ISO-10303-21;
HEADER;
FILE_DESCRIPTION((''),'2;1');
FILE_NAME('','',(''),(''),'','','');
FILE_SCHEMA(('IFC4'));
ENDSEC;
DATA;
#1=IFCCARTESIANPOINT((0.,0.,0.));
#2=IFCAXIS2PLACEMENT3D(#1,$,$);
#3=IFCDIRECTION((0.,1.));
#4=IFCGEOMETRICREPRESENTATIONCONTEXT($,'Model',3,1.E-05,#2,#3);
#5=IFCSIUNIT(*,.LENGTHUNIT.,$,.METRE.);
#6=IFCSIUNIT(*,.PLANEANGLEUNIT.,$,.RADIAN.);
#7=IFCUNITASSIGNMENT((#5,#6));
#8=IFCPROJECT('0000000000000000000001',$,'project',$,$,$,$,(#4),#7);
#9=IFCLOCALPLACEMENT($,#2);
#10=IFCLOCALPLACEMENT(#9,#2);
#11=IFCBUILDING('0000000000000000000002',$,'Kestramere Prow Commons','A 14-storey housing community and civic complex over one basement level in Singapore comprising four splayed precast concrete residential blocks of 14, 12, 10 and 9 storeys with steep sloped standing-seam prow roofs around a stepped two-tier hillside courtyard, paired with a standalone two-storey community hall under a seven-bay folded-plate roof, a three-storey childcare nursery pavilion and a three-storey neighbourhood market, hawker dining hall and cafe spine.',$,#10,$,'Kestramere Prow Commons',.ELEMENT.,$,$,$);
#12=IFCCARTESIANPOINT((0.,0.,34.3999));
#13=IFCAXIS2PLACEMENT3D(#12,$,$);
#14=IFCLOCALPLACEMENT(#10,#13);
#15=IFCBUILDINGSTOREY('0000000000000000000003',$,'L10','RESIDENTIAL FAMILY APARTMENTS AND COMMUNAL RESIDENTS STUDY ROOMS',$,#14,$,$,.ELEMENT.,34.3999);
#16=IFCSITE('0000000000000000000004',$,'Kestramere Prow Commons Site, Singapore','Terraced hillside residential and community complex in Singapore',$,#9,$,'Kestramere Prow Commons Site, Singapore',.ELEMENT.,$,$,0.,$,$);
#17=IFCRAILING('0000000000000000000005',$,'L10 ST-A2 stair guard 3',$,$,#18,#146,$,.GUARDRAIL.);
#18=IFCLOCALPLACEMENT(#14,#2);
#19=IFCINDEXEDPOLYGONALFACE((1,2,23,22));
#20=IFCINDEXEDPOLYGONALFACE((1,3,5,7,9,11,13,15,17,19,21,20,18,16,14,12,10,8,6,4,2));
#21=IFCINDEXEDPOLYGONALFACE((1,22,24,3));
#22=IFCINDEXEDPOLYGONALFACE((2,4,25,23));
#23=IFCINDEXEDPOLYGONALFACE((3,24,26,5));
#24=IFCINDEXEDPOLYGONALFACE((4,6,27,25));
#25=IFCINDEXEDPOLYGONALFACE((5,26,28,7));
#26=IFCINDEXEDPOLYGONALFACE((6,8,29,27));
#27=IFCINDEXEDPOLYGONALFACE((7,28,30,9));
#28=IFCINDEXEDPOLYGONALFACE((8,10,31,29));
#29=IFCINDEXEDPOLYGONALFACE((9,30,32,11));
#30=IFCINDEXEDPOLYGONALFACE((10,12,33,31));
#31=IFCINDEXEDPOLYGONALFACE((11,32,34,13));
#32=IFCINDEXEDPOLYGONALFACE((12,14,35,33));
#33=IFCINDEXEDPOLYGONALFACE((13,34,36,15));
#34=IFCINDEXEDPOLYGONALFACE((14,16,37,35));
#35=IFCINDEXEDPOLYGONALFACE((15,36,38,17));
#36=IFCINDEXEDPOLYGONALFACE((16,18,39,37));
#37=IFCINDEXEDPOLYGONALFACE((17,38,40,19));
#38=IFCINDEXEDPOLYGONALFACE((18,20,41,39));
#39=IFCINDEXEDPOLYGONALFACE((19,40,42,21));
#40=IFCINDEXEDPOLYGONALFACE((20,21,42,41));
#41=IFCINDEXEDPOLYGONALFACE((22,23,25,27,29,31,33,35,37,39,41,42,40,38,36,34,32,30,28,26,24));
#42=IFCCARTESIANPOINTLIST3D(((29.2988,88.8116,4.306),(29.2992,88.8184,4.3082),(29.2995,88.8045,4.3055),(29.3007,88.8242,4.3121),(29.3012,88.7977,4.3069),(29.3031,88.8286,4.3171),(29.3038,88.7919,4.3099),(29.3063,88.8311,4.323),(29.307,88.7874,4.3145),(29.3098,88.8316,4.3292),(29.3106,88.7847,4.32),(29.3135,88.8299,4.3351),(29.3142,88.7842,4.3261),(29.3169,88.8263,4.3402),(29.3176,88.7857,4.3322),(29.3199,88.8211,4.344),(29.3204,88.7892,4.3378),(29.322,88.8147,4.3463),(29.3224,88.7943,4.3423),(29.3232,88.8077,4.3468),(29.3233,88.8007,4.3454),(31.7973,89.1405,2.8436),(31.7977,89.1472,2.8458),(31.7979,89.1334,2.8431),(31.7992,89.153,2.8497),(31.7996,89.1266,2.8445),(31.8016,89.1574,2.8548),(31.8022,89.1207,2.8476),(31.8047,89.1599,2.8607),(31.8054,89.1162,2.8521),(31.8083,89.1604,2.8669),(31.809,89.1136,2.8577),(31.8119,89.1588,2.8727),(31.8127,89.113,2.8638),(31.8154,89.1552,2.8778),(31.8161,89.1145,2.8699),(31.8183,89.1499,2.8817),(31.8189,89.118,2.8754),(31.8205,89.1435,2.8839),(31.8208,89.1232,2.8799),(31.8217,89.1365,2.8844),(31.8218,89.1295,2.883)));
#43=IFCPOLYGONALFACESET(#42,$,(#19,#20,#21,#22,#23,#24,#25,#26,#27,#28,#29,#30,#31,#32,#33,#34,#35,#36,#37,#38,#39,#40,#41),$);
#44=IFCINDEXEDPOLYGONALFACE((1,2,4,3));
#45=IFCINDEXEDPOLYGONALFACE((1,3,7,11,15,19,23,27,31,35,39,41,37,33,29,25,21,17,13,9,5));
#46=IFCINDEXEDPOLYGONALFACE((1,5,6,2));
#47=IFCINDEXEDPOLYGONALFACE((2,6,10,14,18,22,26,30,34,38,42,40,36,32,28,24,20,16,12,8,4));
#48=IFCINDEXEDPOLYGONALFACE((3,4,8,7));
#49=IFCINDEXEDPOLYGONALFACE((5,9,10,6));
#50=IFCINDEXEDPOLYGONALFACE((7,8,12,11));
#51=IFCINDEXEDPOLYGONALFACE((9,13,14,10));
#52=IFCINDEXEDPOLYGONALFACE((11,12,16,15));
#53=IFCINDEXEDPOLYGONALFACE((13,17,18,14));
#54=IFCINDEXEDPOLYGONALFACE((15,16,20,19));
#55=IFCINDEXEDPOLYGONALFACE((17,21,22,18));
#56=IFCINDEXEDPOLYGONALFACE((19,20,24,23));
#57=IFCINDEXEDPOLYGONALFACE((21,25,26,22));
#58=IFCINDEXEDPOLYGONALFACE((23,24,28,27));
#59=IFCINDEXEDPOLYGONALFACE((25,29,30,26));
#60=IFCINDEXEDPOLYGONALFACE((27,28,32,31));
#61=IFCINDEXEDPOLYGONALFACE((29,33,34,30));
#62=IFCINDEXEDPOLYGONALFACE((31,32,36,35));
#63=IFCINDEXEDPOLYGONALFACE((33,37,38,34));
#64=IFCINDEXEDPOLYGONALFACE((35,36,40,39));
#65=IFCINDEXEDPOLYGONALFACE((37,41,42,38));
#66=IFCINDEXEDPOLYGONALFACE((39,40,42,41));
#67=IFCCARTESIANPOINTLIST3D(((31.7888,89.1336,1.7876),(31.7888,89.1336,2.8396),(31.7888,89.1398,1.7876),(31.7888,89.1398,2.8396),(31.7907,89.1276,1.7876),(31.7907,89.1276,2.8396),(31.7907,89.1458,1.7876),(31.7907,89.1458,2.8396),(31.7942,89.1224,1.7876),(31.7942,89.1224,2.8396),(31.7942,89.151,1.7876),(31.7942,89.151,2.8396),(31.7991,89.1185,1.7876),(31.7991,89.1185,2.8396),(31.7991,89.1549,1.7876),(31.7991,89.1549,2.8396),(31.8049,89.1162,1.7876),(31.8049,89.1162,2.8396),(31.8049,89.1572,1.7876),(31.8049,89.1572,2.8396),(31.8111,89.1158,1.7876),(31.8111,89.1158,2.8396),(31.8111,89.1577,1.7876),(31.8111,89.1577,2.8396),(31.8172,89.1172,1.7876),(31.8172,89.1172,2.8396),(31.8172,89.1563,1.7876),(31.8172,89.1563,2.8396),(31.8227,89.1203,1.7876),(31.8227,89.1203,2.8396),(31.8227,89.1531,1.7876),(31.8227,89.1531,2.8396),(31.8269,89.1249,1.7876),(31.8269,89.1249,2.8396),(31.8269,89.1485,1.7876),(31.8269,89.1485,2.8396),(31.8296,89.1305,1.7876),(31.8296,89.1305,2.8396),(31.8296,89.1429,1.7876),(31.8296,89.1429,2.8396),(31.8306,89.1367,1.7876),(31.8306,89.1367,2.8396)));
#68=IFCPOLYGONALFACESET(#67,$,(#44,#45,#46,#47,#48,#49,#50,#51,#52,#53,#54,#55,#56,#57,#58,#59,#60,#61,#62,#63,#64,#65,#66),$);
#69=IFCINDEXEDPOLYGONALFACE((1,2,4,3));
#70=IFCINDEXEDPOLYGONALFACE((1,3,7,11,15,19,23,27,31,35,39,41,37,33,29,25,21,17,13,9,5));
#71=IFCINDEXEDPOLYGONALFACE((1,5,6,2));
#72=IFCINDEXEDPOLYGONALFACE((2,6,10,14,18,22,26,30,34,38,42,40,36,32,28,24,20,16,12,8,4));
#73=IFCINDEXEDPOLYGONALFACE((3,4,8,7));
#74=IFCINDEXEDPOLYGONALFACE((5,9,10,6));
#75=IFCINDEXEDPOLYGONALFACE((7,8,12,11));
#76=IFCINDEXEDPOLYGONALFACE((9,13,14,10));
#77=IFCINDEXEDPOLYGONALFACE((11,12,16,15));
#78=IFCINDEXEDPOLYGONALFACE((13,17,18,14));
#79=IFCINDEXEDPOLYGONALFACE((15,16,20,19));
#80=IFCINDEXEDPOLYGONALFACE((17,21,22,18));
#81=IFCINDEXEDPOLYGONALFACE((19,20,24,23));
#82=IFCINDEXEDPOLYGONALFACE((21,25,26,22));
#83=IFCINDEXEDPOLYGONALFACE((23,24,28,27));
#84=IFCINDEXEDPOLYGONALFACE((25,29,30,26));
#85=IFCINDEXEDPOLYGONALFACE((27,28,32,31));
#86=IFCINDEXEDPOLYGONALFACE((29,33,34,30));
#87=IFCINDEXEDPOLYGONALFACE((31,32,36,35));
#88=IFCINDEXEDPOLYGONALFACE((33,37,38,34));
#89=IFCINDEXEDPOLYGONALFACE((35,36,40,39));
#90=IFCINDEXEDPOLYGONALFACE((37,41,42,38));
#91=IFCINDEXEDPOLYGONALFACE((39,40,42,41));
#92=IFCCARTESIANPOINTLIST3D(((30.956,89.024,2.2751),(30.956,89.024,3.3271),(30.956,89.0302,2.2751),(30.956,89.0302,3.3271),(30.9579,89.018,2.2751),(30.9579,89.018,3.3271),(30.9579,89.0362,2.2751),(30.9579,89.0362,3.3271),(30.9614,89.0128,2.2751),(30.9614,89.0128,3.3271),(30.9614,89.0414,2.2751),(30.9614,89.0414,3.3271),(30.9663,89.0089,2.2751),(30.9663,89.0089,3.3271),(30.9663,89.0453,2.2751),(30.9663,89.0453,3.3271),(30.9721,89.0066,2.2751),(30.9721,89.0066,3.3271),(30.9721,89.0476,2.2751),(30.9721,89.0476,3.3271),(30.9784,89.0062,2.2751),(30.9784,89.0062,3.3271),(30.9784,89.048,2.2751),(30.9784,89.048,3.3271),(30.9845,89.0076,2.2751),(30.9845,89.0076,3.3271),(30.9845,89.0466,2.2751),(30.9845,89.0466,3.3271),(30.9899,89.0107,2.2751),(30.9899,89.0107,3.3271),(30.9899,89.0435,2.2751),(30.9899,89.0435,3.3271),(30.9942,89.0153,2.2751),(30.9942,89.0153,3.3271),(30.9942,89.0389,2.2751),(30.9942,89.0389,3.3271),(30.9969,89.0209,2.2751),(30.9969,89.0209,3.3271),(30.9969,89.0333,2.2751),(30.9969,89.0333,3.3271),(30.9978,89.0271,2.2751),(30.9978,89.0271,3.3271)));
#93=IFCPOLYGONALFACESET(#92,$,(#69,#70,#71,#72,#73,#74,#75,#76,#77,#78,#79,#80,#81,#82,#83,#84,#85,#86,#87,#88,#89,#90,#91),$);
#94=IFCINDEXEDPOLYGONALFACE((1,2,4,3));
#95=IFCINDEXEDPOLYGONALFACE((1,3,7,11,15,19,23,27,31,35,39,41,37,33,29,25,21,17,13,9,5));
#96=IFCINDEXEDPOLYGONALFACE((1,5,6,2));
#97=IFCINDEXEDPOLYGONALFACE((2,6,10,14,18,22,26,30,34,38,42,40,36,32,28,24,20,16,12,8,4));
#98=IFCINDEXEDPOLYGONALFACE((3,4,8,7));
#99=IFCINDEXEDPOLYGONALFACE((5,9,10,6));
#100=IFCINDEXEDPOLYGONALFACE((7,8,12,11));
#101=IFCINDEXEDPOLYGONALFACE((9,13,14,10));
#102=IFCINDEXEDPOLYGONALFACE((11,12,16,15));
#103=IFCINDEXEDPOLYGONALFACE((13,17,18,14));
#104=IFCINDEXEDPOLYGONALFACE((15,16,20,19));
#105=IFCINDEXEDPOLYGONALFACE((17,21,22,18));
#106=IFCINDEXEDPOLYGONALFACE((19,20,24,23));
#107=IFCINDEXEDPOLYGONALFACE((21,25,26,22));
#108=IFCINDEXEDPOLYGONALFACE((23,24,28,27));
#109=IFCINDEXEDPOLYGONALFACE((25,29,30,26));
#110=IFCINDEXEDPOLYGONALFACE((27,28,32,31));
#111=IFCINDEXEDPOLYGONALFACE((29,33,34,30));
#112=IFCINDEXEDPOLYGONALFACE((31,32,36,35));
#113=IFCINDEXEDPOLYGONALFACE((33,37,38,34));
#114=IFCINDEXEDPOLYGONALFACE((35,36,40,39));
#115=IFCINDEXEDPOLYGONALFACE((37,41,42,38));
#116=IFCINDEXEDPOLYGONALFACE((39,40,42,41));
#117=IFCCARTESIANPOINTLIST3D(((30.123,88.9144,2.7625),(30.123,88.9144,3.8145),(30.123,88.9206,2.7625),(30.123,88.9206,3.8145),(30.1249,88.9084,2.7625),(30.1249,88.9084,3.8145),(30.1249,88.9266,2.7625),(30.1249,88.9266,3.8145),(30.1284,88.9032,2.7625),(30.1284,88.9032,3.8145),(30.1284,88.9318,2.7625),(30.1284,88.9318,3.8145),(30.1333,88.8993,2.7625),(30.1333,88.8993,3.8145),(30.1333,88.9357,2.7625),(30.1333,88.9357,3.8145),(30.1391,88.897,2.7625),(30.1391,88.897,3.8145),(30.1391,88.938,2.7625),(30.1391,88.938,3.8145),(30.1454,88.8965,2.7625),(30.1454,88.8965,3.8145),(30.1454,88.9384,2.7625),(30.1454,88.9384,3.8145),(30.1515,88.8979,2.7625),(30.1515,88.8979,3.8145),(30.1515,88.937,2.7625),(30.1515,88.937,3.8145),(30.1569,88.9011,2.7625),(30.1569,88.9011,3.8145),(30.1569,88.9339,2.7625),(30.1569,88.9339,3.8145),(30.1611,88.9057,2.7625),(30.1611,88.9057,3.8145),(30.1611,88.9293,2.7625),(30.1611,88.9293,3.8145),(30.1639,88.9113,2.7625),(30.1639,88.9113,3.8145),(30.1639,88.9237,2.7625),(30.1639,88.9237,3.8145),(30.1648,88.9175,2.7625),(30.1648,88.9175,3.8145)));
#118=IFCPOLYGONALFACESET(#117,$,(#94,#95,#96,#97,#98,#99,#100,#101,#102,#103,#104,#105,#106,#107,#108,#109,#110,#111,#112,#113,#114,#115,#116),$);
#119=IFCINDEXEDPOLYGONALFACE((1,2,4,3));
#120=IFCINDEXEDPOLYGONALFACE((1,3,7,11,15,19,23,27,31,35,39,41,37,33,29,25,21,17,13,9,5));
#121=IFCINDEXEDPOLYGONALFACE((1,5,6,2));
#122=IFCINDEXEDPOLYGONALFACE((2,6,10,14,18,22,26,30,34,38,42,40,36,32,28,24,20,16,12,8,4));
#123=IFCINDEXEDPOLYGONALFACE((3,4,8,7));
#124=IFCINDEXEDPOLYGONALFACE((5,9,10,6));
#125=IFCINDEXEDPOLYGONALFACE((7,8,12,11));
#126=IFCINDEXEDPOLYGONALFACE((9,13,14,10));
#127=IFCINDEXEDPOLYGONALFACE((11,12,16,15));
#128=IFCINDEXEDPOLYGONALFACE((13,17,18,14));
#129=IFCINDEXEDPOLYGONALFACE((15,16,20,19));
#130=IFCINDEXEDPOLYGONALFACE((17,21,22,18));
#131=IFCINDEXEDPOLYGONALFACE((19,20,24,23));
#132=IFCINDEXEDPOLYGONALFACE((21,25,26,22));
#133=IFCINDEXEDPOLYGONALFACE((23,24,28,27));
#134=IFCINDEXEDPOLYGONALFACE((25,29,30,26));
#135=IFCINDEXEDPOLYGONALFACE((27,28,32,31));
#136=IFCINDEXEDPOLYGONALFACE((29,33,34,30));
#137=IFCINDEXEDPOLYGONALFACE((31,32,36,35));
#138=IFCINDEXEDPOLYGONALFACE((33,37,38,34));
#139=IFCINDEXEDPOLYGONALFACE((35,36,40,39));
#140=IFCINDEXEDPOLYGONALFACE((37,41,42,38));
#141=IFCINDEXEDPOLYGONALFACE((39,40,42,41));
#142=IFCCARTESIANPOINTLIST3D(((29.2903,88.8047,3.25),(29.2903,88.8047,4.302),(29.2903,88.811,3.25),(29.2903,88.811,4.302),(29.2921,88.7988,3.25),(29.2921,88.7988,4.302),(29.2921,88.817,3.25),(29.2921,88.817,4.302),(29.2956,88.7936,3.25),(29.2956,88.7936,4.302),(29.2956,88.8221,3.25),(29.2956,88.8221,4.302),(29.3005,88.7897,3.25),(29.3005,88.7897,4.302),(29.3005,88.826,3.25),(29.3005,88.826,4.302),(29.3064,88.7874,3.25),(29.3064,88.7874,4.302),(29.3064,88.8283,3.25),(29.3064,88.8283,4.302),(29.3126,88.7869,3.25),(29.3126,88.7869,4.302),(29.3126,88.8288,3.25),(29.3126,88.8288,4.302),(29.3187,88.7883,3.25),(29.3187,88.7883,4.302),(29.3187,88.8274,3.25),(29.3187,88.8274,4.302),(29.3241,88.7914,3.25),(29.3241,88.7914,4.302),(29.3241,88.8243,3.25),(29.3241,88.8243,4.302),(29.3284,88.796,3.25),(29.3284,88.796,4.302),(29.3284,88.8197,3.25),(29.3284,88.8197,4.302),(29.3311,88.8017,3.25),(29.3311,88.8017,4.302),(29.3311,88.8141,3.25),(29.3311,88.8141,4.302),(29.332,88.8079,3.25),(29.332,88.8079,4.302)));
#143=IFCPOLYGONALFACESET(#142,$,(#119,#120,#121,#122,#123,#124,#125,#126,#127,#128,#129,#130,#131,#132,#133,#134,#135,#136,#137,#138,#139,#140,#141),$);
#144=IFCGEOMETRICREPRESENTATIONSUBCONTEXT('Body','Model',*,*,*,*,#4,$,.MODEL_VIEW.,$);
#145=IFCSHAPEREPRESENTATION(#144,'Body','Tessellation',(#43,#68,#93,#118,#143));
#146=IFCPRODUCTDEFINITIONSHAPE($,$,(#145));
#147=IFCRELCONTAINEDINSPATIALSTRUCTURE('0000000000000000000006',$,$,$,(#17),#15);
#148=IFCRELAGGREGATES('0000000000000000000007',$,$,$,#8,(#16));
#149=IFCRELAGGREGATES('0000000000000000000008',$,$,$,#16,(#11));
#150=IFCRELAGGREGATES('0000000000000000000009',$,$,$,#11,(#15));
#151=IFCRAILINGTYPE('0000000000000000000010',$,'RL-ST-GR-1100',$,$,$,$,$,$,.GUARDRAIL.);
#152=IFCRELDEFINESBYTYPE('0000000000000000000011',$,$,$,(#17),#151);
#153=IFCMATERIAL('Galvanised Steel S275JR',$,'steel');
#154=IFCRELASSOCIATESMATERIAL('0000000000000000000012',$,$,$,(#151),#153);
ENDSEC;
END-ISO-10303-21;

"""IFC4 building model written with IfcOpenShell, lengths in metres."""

from ifc_helpers import new_model, si_unit, direction, frame, origin, origin_2d, place, context, subcontext, project, spatial, circle, extrude, material, type_object, element, save


model = new_model("IFC4")

# Units and contexts
model_context = context("Model", 3, precision=1e-05, world=origin(), true_north=direction((0.0, 1.0)))
body_context = subcontext(model_context, "Body", "Model", "MODEL_VIEW")
ifc_project = project(units=[si_unit("LENGTHUNIT", "METRE"), si_unit("PLANEANGLEUNIT", "RADIAN")], contexts=[model_context])

# Site, building, storey
site_placement = place(None, origin())
site = spatial("IfcSite", under=ifc_project, at=site_placement, Name="Kestramere Prow Commons Site, Singapore", Description="Terraced hillside residential and community complex in Singapore", LongName="Kestramere Prow Commons Site, Singapore", CompositionType="ELEMENT", RefElevation=0.0)
building_placement = place(site_placement, origin())
building = spatial("IfcBuilding", under=site, at=building_placement, Name="Kestramere Prow Commons", Description="A 14-storey housing community and civic complex over one basement level in Singapore comprising four splayed precast concrete residential blocks of 14, 12, 10 and 9 storeys with steep sloped standing-seam prow roofs around a stepped two-tier hillside courtyard, paired with a standalone two-storey community hall under a seven-bay folded-plate roof, a three-storey childcare nursery pavilion and a three-storey neighbourhood market, hawker dining hall and cafe spine.", LongName="Kestramere Prow Commons", CompositionType="ELEMENT")
storey_placement = place(building_placement, frame((0.0, 0.0, 34.3999)))
storey = spatial("IfcBuildingStorey", under=building, at=storey_placement, Name="L10", Description="RESIDENTIAL FAMILY APARTMENTS AND COMMUNAL RESIDENTS STUDY ROOMS", CompositionType="ELEMENT", Elevation=34.3999)

# Railing
ifc_material_1 = material(Name="Galvanised Steel S275JR", Category="steel")
railing_type_1 = type_object("IfcRailingType", Name="RL-ST-GR-1100", PredefinedType="GUARDRAIL", material=ifc_material_1)
railing_1_placement = place(storey_placement, frame((31.8096, 89.1367, 1.7876)))
element("IfcRailing", 1, at=railing_1_placement, inside=storey, type_object=railing_type_1, Name="L10 ST-A2 stair guard 3", PredefinedType="GUARDRAIL", context=body_context, shape_type="SweptSolid", body=[
    extrude(circle(Radius=0.0239, at=origin_2d()), frame((0.0, 0.0, 1.0762), z_axis=(-0.857523, -0.112867, 0.501912), x_axis=(0.130495, -0.991449, 0.0)), (0.0, 0.0, 1.0), 2.9136),
    extrude(circle(Radius=0.021, at=origin_2d()), origin(), (0.0, 0.0, 1.0), 1.052),
    extrude(circle(Radius=0.021, at=origin_2d()), frame((-0.8328, -0.1096, 0.4875)), (0.0, 0.0, 1.0), 1.052),
    extrude(circle(Radius=0.021, at=origin_2d()), frame((-1.6658, -0.2192, 0.9749)), (0.0, 0.0, 1.0), 1.052),
    extrude(circle(Radius=0.021, at=origin_2d()), frame((-2.4985, -0.3289, 1.4624)), (0.0, 0.0, 1.0), 1.052),
])

save(model, "model.ifc")
